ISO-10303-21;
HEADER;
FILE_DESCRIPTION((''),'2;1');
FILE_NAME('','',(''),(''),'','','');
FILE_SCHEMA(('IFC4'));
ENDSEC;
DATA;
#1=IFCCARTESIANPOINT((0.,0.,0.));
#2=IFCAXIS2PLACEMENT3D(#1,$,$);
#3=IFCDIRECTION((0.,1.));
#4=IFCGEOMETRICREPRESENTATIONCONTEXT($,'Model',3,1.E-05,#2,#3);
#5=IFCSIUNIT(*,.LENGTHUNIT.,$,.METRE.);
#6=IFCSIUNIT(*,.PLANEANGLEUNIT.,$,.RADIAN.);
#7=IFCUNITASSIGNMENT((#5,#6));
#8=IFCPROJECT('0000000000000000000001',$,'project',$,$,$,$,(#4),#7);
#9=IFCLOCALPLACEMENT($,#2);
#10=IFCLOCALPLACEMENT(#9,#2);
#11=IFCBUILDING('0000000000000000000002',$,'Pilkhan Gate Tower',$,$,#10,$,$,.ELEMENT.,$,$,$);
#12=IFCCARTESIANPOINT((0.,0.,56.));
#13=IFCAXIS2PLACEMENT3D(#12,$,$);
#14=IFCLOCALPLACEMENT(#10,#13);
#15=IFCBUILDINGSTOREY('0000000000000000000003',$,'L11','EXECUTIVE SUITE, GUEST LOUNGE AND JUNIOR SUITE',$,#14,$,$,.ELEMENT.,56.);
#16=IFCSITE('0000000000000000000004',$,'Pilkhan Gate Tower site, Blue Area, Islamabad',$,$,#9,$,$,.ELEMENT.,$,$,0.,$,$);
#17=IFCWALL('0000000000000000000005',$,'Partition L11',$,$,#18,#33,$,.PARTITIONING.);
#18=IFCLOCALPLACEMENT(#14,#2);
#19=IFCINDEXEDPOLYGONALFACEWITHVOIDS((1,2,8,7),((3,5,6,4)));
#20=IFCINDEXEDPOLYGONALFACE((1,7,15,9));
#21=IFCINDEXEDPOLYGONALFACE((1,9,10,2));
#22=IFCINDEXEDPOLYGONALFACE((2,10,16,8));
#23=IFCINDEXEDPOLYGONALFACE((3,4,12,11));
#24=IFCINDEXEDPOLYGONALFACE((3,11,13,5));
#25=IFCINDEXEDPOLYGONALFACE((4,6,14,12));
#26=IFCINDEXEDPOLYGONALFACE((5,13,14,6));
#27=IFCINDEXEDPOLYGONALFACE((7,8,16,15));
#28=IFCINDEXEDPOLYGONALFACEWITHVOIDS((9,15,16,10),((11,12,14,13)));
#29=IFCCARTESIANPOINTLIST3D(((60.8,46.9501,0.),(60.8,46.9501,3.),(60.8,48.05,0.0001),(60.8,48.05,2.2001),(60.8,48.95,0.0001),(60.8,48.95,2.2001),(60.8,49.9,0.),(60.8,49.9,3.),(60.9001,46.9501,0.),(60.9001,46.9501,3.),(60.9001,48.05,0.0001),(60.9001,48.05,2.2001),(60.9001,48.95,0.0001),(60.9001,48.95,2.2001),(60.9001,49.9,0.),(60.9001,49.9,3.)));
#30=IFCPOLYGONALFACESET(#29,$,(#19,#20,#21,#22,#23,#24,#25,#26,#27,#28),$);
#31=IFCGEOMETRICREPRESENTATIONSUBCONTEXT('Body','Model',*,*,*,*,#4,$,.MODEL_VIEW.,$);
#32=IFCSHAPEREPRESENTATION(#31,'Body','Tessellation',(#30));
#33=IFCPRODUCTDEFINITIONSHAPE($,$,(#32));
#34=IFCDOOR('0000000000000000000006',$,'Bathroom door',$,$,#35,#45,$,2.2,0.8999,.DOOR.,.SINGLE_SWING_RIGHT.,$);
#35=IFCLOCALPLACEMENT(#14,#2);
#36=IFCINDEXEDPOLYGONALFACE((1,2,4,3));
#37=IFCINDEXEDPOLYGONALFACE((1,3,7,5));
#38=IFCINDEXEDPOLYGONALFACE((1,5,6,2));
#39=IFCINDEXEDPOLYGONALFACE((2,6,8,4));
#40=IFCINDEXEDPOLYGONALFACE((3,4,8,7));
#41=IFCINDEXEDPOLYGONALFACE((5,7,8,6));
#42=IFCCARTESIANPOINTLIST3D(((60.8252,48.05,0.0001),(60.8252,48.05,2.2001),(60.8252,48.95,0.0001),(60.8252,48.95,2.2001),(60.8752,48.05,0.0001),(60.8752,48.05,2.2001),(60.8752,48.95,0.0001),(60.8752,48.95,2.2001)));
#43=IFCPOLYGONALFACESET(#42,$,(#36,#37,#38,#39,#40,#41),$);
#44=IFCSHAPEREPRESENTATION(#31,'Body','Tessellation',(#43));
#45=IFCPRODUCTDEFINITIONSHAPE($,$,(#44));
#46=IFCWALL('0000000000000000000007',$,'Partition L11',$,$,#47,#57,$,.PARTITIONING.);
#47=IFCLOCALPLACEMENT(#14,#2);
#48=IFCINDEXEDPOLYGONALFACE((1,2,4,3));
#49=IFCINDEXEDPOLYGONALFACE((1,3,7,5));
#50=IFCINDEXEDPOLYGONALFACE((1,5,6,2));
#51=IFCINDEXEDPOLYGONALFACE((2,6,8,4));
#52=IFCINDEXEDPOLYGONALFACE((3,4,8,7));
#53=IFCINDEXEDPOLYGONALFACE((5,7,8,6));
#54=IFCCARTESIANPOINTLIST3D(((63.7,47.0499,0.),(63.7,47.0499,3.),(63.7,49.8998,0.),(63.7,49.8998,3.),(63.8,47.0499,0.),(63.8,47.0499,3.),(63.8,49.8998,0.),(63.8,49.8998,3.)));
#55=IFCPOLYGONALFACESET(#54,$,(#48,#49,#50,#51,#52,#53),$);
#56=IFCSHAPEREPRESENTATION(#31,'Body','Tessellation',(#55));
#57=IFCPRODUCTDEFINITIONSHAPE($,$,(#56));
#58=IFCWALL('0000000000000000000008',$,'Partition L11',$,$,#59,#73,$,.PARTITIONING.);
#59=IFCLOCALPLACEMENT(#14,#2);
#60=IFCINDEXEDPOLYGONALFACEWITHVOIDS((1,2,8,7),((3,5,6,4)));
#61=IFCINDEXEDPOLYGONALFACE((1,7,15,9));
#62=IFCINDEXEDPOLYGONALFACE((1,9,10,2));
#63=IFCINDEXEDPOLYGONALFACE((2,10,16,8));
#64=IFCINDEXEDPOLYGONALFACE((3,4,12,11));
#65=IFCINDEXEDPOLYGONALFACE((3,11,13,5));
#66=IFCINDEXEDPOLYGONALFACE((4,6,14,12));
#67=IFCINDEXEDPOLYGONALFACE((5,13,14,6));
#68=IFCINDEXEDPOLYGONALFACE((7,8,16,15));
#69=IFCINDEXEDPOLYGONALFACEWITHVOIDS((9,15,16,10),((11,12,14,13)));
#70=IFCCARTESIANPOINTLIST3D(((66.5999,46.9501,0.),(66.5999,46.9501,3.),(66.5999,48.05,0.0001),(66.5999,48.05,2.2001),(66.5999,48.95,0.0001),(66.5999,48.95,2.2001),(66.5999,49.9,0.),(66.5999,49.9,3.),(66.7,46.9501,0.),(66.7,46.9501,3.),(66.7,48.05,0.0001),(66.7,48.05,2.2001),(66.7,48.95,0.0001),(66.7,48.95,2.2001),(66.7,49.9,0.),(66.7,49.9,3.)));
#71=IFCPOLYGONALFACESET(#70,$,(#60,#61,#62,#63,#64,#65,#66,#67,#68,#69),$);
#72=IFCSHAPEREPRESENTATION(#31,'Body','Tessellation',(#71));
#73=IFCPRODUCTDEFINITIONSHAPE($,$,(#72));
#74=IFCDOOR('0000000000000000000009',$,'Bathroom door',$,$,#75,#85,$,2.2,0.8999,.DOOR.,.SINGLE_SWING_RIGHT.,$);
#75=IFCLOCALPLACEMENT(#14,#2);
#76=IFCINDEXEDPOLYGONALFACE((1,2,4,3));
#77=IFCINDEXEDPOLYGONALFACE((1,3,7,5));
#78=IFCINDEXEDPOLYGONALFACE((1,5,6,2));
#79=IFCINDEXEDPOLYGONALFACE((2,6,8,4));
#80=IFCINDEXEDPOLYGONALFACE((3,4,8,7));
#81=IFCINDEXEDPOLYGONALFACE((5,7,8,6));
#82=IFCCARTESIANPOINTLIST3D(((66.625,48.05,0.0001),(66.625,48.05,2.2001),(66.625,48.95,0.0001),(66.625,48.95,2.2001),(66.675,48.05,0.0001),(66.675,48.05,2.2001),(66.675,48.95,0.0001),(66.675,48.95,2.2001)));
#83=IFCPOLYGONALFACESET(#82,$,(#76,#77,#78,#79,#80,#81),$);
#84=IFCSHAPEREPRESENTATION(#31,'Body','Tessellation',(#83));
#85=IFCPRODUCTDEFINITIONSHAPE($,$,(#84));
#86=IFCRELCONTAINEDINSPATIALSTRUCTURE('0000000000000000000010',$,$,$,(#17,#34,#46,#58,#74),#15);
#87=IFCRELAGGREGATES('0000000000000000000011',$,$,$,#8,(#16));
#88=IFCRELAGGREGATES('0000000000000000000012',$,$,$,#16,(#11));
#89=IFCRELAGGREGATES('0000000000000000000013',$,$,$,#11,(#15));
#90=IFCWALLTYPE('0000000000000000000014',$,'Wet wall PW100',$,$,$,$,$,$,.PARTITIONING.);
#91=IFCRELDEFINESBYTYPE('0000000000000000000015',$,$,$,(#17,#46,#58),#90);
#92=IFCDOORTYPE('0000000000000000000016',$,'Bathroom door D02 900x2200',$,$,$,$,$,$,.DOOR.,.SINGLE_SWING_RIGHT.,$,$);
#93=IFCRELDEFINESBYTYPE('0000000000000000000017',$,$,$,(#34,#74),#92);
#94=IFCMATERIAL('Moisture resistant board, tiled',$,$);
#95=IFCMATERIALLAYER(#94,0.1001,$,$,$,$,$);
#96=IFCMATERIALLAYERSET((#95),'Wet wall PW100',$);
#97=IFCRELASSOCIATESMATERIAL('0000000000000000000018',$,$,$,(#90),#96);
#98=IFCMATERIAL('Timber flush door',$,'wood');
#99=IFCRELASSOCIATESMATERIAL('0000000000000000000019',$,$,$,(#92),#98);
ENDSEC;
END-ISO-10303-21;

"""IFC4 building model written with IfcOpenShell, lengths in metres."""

from ifc_helpers import new_model, si_unit, direction, frame, frame_2d, origin, place, context, subcontext, project, spatial, rectangle, extrude, material, layer, layer_set, type_object, element, fill, save


model = new_model("IFC4")

# Units and contexts
model_context = context("Model", 3, precision=1e-05, world=origin(), true_north=direction((0.0, 1.0)))
body_context = subcontext(model_context, "Body", "Model", "MODEL_VIEW")
ifc_project = project(units=[si_unit("LENGTHUNIT", "METRE"), si_unit("PLANEANGLEUNIT", "RADIAN")], contexts=[model_context])

# Site, building, storey
site_placement = place(None, origin())
site = spatial("IfcSite", under=ifc_project, at=site_placement, Name="Pilkhan Gate Tower site, Blue Area, Islamabad", CompositionType="ELEMENT", RefElevation=0.0)
building_placement = place(site_placement, origin())
building = spatial("IfcBuilding", under=site, at=building_placement, Name="Pilkhan Gate Tower", CompositionType="ELEMENT")
storey_placement = place(building_placement, frame((0.0, 0.0, 56.0)))
storey = spatial("IfcBuildingStorey", under=building, at=storey_placement, Name="L11", Description="EXECUTIVE SUITE, GUEST LOUNGE AND JUNIOR SUITE", CompositionType="ELEMENT", Elevation=56.0)

# Shared definitions
ifc_material_1 = material(Name="Moisture resistant board, tiled")
ifc_layer_1 = layer(ifc_material_1, 0.1001)
ifc_layer_set_1 = layer_set([ifc_layer_1], Name="Wet wall PW100")
wall_type_1 = type_object("IfcWallType", Name="Wet wall PW100", PredefinedType="PARTITIONING", material=ifc_layer_set_1)

# Wall, opening, door
wall_1_placement = place(storey_placement, frame((60.8501, 46.95, 0.0), z_axis=(0.0, 0.0, 1.0), x_axis=(0.0, 1.0, 0.0)))
wall_1 = element("IfcWall", 1, at=wall_1_placement, inside=storey, type_object=wall_type_1, Name="Partition L11", PredefinedType="PARTITIONING", context=body_context, shape_type="SweptSolid", body=[
    extrude(rectangle(XDim=2.95, YDim=0.1001, at=frame_2d((1.4751, 0.0))), origin(), (0.0, 0.0, 1.0), 3.0),
])
opening_1_placement = place(wall_1_placement, frame((1.1001, 0.0, 0.0)))
opening_1 = element("IfcOpeningElement", 2, at=opening_1_placement, cuts=wall_1, PredefinedType="OPENING", context=body_context, shape_type="SweptSolid", body=[
    extrude(rectangle(XDim=0.8999, YDim=2.2, at=frame_2d((0.45, 1.1001))), frame((0.0, 0.0601, 0.0), z_axis=(0.0, -1.0, 0.0), x_axis=(1.0, 0.0, 0.0)), (0.0, 0.0, 1.0), 0.1201),
])
ifc_material_2 = material(Name="Timber flush door", Category="wood")
door_type = type_object("IfcDoorType", Name="Bathroom door D02 900x2200", OperationType="SINGLE_SWING_RIGHT", PredefinedType="DOOR", material=ifc_material_2)
door_1_placement = place(opening_1_placement, origin())
door_1 = element("IfcDoor", 3, at=door_1_placement, inside=storey, type_object=door_type, Name="Bathroom door", OperationType="SINGLE_SWING_RIGHT", OverallHeight=2.2, OverallWidth=0.8999, PredefinedType="DOOR", context=body_context, shape_type="SweptSolid", body=[
    extrude(rectangle(XDim=0.8999, YDim=2.2, at=frame_2d((0.45, 1.1001))), frame((0.0, 0.0249, 0.0), z_axis=(0.0, -1.0, 0.0), x_axis=(1.0, 0.0, 0.0)), (0.0, 0.0, 1.0), 0.05),
])
fill(opening_1, door_1)

# Wall
wall_2_placement = place(storey_placement, frame((63.75, 47.05, 0.0), z_axis=(0.0, 0.0, 1.0), x_axis=(0.0, 1.0, 0.0)))
element("IfcWall", 4, at=wall_2_placement, inside=storey, type_object=wall_type_1, Name="Partition L11", PredefinedType="PARTITIONING", context=body_context, shape_type="SweptSolid", body=[
    extrude(rectangle(XDim=2.8499, YDim=0.1001, at=frame_2d((1.4248, 0.0))), origin(), (0.0, 0.0, 1.0), 3.0),
])

# Wall, opening, door
wall_3_placement = place(storey_placement, frame((66.6499, 46.95, 0.0), z_axis=(0.0, 0.0, 1.0), x_axis=(0.0, 1.0, 0.0)))
wall_3 = element("IfcWall", 5, at=wall_3_placement, inside=storey, type_object=wall_type_1, Name="Partition L11", PredefinedType="PARTITIONING", context=body_context, shape_type="SweptSolid", body=[
    extrude(rectangle(XDim=2.95, YDim=0.1001, at=frame_2d((1.4751, 0.0))), origin(), (0.0, 0.0, 1.0), 3.0),
])
opening_2_placement = place(wall_3_placement, frame((1.1001, 0.0, 0.0)))
opening_2 = element("IfcOpeningElement", 6, at=opening_2_placement, cuts=wall_3, PredefinedType="OPENING", context=body_context, shape_type="SweptSolid", body=[
    extrude(rectangle(XDim=0.8999, YDim=2.2, at=frame_2d((0.45, 1.1001))), frame((0.0, 0.0601, 0.0), z_axis=(0.0, -1.0, 0.0), x_axis=(1.0, 0.0, 0.0)), (0.0, 0.0, 1.0), 0.1201),
])
door_2_placement = place(opening_2_placement, origin())
door_2 = element("IfcDoor", 7, at=door_2_placement, inside=storey, type_object=door_type, Name="Bathroom door", OperationType="SINGLE_SWING_RIGHT", OverallHeight=2.2, OverallWidth=0.8999, PredefinedType="DOOR", context=body_context, shape_type="SweptSolid", body=[
    extrude(rectangle(XDim=0.8999, YDim=2.2, at=frame_2d((0.45, 1.1001))), frame((0.0, 0.0249, 0.0), z_axis=(0.0, -1.0, 0.0), x_axis=(1.0, 0.0, 0.0)), (0.0, 0.0, 1.0), 0.05),
])
fill(opening_2, door_2)

save(model, "model.ifc")
